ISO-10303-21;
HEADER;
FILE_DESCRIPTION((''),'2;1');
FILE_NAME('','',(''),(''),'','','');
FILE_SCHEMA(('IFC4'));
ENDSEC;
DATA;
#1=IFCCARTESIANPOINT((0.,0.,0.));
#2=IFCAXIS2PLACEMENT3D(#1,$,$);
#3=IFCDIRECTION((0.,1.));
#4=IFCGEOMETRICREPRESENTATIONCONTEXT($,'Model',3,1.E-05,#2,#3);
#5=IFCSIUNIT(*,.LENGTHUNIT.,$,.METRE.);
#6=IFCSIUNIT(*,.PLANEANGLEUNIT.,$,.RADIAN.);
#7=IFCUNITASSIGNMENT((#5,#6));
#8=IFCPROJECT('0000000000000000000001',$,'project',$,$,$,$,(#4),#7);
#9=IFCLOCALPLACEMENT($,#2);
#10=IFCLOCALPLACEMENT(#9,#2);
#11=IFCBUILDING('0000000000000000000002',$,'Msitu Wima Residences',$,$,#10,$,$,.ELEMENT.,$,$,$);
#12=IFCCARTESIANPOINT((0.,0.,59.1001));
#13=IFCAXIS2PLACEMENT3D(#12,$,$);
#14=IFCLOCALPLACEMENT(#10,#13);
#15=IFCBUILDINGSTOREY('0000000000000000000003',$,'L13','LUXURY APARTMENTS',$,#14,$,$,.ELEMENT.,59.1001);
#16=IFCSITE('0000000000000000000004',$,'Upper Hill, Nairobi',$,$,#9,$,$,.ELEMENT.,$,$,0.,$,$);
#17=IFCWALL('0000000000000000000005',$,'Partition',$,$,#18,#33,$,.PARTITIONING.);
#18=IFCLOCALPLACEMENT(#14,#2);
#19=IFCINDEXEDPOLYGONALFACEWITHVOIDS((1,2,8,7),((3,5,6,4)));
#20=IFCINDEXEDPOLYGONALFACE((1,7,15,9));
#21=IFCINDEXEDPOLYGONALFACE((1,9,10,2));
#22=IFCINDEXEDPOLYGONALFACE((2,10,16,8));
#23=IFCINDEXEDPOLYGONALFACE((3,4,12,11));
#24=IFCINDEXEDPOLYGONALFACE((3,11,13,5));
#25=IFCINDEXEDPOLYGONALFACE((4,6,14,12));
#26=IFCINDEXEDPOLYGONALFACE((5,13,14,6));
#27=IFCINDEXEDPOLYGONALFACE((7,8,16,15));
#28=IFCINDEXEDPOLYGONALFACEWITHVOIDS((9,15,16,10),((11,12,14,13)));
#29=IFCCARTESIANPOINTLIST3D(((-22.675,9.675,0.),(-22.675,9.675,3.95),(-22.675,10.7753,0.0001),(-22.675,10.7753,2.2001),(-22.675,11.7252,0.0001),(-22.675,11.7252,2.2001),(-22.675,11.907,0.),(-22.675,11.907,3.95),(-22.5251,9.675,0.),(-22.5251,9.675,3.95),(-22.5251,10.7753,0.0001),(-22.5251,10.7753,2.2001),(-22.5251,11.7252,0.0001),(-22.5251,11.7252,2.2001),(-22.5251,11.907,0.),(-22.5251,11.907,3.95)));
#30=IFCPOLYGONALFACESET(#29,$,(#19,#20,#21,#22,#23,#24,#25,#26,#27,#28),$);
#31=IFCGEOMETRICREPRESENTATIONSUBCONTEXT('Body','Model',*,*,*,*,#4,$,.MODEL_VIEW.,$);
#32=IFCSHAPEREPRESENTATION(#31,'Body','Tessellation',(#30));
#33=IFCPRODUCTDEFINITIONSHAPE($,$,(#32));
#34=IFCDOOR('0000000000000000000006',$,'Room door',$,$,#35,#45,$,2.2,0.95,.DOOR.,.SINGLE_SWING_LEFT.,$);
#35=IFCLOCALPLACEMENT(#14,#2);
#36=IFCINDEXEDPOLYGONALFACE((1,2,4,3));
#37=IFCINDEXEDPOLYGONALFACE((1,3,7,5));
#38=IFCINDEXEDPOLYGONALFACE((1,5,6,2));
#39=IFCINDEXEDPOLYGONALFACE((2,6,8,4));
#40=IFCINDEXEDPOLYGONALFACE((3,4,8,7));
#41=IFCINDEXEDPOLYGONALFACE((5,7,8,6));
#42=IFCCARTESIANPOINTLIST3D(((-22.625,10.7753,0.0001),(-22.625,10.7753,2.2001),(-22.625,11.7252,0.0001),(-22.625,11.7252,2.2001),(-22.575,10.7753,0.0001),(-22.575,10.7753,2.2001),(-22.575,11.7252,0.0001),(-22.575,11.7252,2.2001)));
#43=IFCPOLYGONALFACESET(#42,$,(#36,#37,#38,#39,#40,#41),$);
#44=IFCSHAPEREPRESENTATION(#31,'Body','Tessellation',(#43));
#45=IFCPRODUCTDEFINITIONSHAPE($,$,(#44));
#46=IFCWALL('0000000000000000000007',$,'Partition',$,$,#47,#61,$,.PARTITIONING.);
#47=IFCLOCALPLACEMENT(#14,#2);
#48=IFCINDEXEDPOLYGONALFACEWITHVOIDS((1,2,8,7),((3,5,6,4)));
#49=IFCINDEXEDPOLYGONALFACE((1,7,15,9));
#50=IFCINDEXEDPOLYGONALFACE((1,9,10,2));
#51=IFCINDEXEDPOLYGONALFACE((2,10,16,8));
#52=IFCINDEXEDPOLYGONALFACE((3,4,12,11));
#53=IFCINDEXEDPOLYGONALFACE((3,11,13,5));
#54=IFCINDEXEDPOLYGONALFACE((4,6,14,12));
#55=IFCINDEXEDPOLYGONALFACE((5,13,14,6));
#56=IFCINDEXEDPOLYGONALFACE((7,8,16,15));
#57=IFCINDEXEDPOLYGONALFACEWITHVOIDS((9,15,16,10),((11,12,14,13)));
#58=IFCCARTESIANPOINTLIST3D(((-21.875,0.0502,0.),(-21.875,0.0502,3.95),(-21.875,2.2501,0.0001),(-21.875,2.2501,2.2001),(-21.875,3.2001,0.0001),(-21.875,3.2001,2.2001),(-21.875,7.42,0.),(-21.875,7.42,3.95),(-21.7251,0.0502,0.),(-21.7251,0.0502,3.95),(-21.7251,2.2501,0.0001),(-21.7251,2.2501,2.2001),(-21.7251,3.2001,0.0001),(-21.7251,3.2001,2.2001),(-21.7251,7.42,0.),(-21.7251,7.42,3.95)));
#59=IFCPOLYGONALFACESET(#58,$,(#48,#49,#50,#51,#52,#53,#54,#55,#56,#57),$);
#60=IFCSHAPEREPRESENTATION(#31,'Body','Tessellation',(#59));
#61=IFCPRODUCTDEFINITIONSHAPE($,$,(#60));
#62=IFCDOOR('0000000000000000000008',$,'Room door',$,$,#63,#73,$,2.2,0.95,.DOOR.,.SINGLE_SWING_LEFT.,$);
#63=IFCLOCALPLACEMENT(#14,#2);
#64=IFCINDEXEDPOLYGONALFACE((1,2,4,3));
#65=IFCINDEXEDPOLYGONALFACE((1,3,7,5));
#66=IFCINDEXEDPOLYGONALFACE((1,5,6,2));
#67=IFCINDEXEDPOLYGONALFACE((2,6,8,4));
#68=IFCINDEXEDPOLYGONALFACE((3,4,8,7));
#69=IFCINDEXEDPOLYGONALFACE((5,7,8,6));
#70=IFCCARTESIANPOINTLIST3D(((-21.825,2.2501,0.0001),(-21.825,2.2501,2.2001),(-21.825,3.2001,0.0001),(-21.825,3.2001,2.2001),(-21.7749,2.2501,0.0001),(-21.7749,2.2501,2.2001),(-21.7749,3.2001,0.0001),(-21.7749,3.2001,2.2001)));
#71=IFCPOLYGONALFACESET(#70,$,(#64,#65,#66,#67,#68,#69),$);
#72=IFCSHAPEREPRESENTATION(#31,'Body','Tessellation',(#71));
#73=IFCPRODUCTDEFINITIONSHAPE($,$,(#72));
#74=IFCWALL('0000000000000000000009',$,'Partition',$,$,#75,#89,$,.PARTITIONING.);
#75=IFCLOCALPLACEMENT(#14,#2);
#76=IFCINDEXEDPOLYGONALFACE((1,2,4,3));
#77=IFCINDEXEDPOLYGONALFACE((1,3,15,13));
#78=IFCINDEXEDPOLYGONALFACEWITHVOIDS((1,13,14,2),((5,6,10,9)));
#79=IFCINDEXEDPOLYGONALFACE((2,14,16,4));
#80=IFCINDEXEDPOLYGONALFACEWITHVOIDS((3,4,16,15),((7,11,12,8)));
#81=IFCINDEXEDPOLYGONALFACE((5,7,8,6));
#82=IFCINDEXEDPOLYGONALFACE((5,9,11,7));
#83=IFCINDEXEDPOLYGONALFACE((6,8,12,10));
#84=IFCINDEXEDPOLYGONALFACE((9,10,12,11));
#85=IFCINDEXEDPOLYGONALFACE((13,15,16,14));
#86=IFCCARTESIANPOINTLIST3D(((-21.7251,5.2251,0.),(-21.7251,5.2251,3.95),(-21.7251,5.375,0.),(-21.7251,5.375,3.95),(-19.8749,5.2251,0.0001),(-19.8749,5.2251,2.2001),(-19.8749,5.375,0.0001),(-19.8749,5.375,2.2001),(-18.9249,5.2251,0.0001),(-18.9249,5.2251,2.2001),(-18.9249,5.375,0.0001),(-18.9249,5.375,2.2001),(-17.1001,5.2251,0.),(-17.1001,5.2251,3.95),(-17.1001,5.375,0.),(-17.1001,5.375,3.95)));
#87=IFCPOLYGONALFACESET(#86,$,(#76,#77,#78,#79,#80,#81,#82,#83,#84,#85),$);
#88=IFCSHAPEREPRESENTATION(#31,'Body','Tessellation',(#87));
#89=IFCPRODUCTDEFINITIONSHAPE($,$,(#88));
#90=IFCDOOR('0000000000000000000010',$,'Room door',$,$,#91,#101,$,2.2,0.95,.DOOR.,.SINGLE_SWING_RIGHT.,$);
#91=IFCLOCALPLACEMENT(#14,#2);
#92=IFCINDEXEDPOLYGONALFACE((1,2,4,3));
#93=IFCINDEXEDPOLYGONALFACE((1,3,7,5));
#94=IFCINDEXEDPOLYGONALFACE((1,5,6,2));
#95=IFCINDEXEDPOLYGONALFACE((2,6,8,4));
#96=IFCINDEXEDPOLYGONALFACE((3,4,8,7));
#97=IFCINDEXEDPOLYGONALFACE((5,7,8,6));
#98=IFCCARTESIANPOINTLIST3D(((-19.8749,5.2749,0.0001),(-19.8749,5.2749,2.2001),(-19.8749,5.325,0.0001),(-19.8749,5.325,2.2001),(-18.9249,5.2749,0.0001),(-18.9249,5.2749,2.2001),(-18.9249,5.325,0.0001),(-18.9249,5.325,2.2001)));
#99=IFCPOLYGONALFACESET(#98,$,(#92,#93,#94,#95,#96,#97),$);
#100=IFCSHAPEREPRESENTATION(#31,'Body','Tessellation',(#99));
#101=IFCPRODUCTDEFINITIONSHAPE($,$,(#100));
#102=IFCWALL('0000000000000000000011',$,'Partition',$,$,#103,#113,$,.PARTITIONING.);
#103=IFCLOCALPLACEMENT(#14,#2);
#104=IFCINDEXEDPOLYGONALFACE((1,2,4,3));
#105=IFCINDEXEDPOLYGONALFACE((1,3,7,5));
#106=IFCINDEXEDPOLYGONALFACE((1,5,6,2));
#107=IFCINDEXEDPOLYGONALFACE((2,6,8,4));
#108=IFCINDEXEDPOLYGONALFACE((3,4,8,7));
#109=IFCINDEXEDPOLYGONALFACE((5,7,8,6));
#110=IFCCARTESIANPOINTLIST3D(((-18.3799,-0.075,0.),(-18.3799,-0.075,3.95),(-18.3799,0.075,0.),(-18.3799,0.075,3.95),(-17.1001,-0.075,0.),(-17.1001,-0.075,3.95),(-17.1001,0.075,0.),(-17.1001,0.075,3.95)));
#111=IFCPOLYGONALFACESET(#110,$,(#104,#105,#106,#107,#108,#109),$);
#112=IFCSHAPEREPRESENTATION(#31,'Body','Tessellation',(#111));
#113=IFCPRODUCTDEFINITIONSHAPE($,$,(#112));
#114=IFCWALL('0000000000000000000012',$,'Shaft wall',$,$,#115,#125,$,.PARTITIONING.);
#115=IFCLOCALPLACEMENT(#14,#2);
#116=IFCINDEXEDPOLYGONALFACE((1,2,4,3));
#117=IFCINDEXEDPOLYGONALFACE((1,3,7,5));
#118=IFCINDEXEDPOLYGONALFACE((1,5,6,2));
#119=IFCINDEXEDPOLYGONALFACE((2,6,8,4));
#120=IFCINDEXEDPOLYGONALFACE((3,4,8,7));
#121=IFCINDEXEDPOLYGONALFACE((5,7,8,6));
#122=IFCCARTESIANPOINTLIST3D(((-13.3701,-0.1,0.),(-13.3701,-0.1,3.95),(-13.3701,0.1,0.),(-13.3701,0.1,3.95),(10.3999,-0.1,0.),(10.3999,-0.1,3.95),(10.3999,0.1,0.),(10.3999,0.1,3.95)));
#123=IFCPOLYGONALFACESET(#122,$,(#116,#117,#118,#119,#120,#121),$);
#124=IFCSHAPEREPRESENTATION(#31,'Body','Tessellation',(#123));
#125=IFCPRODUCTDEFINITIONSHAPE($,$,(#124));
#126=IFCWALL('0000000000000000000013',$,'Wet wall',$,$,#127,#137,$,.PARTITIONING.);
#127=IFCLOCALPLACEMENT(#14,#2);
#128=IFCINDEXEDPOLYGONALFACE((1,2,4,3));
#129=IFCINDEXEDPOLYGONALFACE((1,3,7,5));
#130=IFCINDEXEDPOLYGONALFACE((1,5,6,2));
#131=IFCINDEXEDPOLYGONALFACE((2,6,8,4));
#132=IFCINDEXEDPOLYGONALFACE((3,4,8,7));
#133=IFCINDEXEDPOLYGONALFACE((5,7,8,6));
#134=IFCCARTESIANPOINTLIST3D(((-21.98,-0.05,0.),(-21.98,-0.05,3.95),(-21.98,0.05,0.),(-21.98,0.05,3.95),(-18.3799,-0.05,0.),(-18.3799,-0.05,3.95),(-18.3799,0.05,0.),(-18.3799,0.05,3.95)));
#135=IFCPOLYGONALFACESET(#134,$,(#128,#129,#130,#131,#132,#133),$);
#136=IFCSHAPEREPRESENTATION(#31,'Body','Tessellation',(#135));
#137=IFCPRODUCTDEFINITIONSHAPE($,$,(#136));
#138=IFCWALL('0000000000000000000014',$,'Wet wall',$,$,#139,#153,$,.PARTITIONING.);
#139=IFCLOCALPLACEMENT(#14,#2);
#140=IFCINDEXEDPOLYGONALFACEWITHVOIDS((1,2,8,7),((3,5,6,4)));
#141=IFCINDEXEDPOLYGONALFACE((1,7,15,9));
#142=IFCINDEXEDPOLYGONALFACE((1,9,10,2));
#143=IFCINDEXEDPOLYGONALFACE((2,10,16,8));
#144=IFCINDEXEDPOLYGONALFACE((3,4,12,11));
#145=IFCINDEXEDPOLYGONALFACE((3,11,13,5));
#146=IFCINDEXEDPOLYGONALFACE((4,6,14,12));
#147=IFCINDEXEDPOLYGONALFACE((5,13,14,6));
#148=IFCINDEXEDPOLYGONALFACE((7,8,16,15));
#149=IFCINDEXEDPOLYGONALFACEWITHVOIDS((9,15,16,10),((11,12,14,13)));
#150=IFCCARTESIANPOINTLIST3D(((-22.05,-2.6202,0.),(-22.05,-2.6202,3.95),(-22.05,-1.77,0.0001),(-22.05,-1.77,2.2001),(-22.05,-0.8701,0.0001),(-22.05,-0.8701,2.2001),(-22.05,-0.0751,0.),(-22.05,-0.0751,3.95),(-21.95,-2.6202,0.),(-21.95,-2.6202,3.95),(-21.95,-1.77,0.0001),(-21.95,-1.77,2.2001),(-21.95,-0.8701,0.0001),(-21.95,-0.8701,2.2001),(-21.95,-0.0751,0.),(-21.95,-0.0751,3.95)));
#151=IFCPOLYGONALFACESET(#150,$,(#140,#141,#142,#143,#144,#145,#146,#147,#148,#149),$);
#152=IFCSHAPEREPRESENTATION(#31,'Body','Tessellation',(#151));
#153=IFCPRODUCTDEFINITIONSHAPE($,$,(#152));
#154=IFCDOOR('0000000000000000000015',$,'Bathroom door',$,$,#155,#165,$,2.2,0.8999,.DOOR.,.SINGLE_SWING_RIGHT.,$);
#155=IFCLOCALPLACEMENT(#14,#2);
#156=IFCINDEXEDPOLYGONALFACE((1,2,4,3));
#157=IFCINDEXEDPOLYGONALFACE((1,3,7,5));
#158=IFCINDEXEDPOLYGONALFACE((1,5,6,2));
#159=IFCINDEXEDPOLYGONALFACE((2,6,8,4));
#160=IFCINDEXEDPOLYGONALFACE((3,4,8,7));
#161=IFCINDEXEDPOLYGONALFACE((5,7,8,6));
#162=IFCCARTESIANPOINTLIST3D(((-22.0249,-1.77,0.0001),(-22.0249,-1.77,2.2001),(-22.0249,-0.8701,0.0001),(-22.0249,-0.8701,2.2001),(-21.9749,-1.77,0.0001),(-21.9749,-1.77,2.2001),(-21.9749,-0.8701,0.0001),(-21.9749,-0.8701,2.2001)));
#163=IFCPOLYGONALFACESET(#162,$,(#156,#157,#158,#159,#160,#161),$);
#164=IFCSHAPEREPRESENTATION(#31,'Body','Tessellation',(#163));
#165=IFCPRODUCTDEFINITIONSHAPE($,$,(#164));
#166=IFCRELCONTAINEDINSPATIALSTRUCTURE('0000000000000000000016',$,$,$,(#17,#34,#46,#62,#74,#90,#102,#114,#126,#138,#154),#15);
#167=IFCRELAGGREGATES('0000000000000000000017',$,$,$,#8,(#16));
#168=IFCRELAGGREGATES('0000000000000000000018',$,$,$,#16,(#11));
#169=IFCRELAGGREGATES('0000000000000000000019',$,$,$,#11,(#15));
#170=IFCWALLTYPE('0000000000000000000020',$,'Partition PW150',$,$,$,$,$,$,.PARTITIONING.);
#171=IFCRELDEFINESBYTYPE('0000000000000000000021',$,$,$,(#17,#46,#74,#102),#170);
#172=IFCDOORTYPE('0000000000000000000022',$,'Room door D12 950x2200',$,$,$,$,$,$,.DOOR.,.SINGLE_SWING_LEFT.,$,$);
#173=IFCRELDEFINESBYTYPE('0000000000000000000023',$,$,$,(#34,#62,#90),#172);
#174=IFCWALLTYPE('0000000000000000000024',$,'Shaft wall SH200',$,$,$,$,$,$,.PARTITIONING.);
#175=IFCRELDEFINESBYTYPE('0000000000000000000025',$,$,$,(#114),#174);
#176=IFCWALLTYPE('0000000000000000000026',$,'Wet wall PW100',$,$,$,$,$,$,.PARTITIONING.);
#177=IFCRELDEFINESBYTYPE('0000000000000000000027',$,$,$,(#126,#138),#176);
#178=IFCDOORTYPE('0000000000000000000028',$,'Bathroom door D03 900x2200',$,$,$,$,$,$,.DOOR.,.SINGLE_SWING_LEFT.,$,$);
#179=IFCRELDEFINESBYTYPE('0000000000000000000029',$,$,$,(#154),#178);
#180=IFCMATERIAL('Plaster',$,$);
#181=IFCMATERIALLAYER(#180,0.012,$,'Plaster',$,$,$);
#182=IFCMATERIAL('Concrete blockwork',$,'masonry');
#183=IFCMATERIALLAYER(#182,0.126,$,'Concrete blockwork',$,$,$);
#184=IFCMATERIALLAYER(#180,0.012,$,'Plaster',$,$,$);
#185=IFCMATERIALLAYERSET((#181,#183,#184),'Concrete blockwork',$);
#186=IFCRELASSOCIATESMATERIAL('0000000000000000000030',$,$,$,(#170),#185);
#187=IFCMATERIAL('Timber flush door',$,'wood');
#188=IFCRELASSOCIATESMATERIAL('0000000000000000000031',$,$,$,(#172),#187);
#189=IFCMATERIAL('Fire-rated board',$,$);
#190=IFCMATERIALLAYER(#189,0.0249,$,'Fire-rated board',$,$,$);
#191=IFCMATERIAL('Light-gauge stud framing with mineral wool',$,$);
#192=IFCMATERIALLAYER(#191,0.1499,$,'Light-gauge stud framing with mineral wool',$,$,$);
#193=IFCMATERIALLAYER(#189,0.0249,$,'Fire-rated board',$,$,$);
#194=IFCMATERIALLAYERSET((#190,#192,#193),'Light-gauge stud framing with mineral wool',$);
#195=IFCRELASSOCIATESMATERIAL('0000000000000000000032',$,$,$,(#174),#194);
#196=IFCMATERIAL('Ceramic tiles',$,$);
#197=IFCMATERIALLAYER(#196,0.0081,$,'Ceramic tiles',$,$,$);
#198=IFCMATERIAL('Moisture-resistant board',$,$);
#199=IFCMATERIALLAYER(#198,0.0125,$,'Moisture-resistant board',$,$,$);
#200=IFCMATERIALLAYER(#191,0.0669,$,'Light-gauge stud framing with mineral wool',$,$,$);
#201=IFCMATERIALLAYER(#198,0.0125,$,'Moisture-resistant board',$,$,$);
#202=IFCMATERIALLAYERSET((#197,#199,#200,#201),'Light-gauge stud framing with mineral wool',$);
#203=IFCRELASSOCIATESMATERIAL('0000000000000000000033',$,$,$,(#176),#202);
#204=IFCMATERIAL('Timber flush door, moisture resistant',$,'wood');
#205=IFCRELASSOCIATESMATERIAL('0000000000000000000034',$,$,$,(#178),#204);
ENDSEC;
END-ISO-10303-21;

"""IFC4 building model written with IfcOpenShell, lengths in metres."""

from ifc_helpers import new_model, si_unit, direction, frame, frame_2d, origin, place, context, subcontext, project, spatial, rectangle, extrude, material, layer, layer_set, type_object, element, fill, save


model = new_model("IFC4")

# Units and contexts
model_context = context("Model", 3, precision=1e-05, world=origin(), true_north=direction((0.0, 1.0)))
body_context = subcontext(model_context, "Body", "Model", "MODEL_VIEW")
ifc_project = project(units=[si_unit("LENGTHUNIT", "METRE"), si_unit("PLANEANGLEUNIT", "RADIAN")], contexts=[model_context])

# Site, building, storey
site_placement = place(None, origin())
site = spatial("IfcSite", under=ifc_project, at=site_placement, Name="Upper Hill, Nairobi", CompositionType="ELEMENT", RefElevation=0.0)
building_placement = place(site_placement, origin())
building = spatial("IfcBuilding", under=site, at=building_placement, Name="Msitu Wima Residences", CompositionType="ELEMENT")
storey_placement = place(building_placement, frame((0.0, 0.0, 59.1001)))
storey = spatial("IfcBuildingStorey", under=building, at=storey_placement, Name="L13", Description="LUXURY APARTMENTS", CompositionType="ELEMENT", Elevation=59.1001)

# Shared definitions
ifc_material_1 = material(Name="Plaster")
ifc_layer_1 = layer(ifc_material_1, 0.012, Name="Plaster")
ifc_material_2 = material(Name="Concrete blockwork", Category="masonry")
ifc_layer_2 = layer(ifc_material_2, 0.126, Name="Concrete blockwork")
ifc_layer_3 = layer(ifc_material_1, 0.012, Name="Plaster")
ifc_layer_set_1 = layer_set([ifc_layer_1, ifc_layer_2, ifc_layer_3], Name="Concrete blockwork")
wall_type_1 = type_object("IfcWallType", Name="Partition PW150", PredefinedType="PARTITIONING", material=ifc_layer_set_1)
ifc_material_3 = material(Name="Timber flush door", Category="wood")
door_type_1 = type_object("IfcDoorType", Name="Room door D12 950x2200", OperationType="SINGLE_SWING_LEFT", PredefinedType="DOOR", material=ifc_material_3)

# Walls, openings, doors
wall_1_placement = place(storey_placement, frame((-22.6001, 9.675, 0.0), z_axis=(0.0, 0.0, 1.0), x_axis=(0.0, 1.0, 0.0)))
wall_1 = element("IfcWall", 1, at=wall_1_placement, inside=storey, type_object=wall_type_1, Name="Partition", PredefinedType="PARTITIONING", context=body_context, shape_type="SweptSolid", body=[
    extrude(rectangle(XDim=2.2319, YDim=0.1499, at=frame_2d((1.116, 0.0))), origin(), (0.0, 0.0, 1.0), 3.95),
])
opening_1_placement = place(wall_1_placement, frame((1.1001, 0.0, 0.0)))
opening_1 = element("IfcOpeningElement", 2, at=opening_1_placement, cuts=wall_1, PredefinedType="OPENING", context=body_context, shape_type="SweptSolid", body=[
    extrude(rectangle(XDim=0.95, YDim=2.2, at=frame_2d((0.4751, 1.1001))), frame((0.0, 0.085, 0.0), z_axis=(0.0, -1.0, 0.0), x_axis=(1.0, 0.0, 0.0)), (0.0, 0.0, 1.0), 0.1699),
])
door_1_placement = place(opening_1_placement, origin())
door_1 = element("IfcDoor", 3, at=door_1_placement, inside=storey, type_object=door_type_1, Name="Room door", OperationType="SINGLE_SWING_LEFT", OverallHeight=2.2, OverallWidth=0.95, PredefinedType="DOOR", context=body_context, shape_type="SweptSolid", body=[
    extrude(rectangle(XDim=0.95, YDim=2.2, at=frame_2d((0.4751, 1.1001))), frame((0.0, 0.0249, 0.0), z_axis=(0.0, -1.0, 0.0), x_axis=(1.0, 0.0, 0.0)), (0.0, 0.0, 1.0), 0.05),
])
fill(opening_1, door_1)
wall_2_placement = place(storey_placement, frame((-21.8, 0.05, 0.0), z_axis=(0.0, 0.0, 1.0), x_axis=(0.0, 1.0, 0.0)))
wall_2 = element("IfcWall", 4, at=wall_2_placement, inside=storey, type_object=wall_type_1, Name="Partition", PredefinedType="PARTITIONING", context=body_context, shape_type="SweptSolid", body=[
    extrude(rectangle(XDim=7.3699, YDim=0.1499, at=frame_2d((3.6851, 0.0))), origin(), (0.0, 0.0, 1.0), 3.95),
])
opening_2_placement = place(wall_2_placement, frame((2.2, 0.0, 0.0)))
opening_2 = element("IfcOpeningElement", 5, at=opening_2_placement, cuts=wall_2, PredefinedType="OPENING", context=body_context, shape_type="SweptSolid", body=[
    extrude(rectangle(XDim=0.95, YDim=2.2, at=frame_2d((0.4751, 1.1001))), frame((0.0, 0.085, 0.0), z_axis=(0.0, -1.0, 0.0), x_axis=(1.0, 0.0, 0.0)), (0.0, 0.0, 1.0), 0.1699),
])
door_2_placement = place(opening_2_placement, origin())
door_2 = element("IfcDoor", 6, at=door_2_placement, inside=storey, type_object=door_type_1, Name="Room door", OperationType="SINGLE_SWING_LEFT", OverallHeight=2.2, OverallWidth=0.95, PredefinedType="DOOR", context=body_context, shape_type="SweptSolid", body=[
    extrude(rectangle(XDim=0.95, YDim=2.2, at=frame_2d((0.4751, 1.1001))), frame((0.0, 0.0249, 0.0), z_axis=(0.0, -1.0, 0.0), x_axis=(1.0, 0.0, 0.0)), (0.0, 0.0, 1.0), 0.05),
])
fill(opening_2, door_2)
wall_3_placement = place(storey_placement, frame((-21.7251, 5.3, 0.0), z_axis=(0.0, 0.0, 1.0), x_axis=(1.0, 0.0, 0.0)))
wall_3 = element("IfcWall", 7, at=wall_3_placement, inside=storey, type_object=wall_type_1, Name="Partition", PredefinedType="PARTITIONING", context=body_context, shape_type="SweptSolid", body=[
    extrude(rectangle(XDim=4.625, YDim=0.1499, at=frame_2d((2.3125, 0.0))), origin(), (0.0, 0.0, 1.0), 3.95),
])
opening_3_placement = place(wall_3_placement, frame((1.8501, 0.0, 0.0)))
opening_3 = element("IfcOpeningElement", 8, at=opening_3_placement, cuts=wall_3, PredefinedType="OPENING", context=body_context, shape_type="SweptSolid", body=[
    extrude(rectangle(XDim=0.95, YDim=2.2, at=frame_2d((0.4751, 1.1001))), frame((0.0, 0.085, 0.0), z_axis=(0.0, -1.0, 0.0), x_axis=(1.0, 0.0, 0.0)), (0.0, 0.0, 1.0), 0.1699),
])
door_3_placement = place(opening_3_placement, origin())
door_3 = element("IfcDoor", 9, at=door_3_placement, inside=storey, type_object=door_type_1, Name="Room door", OperationType="SINGLE_SWING_RIGHT", OverallHeight=2.2, OverallWidth=0.95, PredefinedType="DOOR", context=body_context, shape_type="SweptSolid", body=[
    extrude(rectangle(XDim=0.95, YDim=2.2, at=frame_2d((0.4751, 1.1001))), frame((0.0, 0.0249, 0.0), z_axis=(0.0, -1.0, 0.0), x_axis=(1.0, 0.0, 0.0)), (0.0, 0.0, 1.0), 0.05),
])
fill(opening_3, door_3)

# Walls
wall_4_placement = place(storey_placement, frame((-18.3799, 0.0, 0.0), z_axis=(0.0, 0.0, 1.0), x_axis=(1.0, 0.0, 0.0)))
element("IfcWall", 10, at=wall_4_placement, inside=storey, type_object=wall_type_1, Name="Partition", PredefinedType="PARTITIONING", context=body_context, shape_type="SweptSolid", body=[
    extrude(rectangle(XDim=1.2798, YDim=0.1499, at=frame_2d((0.6399, 0.0))), origin(), (0.0, 0.0, 1.0), 3.95),
])
ifc_material_4 = material(Name="Fire-rated board")
ifc_layer_4 = layer(ifc_material_4, 0.0249, Name="Fire-rated board")
ifc_material_5 = material(Name="Light-gauge stud framing with mineral wool")
ifc_layer_5 = layer(ifc_material_5, 0.1499, Name="Light-gauge stud framing with mineral wool")
ifc_layer_6 = layer(ifc_material_4, 0.0249, Name="Fire-rated board")
ifc_layer_set_2 = layer_set([ifc_layer_4, ifc_layer_5, ifc_layer_6], Name="Light-gauge stud framing with mineral wool")
wall_type_2 = type_object("IfcWallType", Name="Shaft wall SH200", PredefinedType="PARTITIONING", material=ifc_layer_set_2)
wall_5_placement = place(storey_placement, frame((-13.3701, 0.0, 0.0), z_axis=(0.0, 0.0, 1.0), x_axis=(1.0, 0.0, 0.0)))
element("IfcWall", 11, at=wall_5_placement, inside=storey, type_object=wall_type_2, Name="Shaft wall", PredefinedType="PARTITIONING", context=body_context, shape_type="SweptSolid", body=[
    extrude(rectangle(XDim=23.77, YDim=0.2, at=frame_2d((11.885, 0.0))), origin(), (0.0, 0.0, 1.0), 3.95),
])
ifc_material_6 = material(Name="Ceramic tiles")
ifc_layer_7 = layer(ifc_material_6, 0.0081, Name="Ceramic tiles")
ifc_material_7 = material(Name="Moisture-resistant board")
ifc_layer_8 = layer(ifc_material_7, 0.0125, Name="Moisture-resistant board")
ifc_layer_9 = layer(ifc_material_5, 0.0669, Name="Light-gauge stud framing with mineral wool")
ifc_layer_10 = layer(ifc_material_7, 0.0125, Name="Moisture-resistant board")
ifc_layer_set_3 = layer_set([ifc_layer_7, ifc_layer_8, ifc_layer_9, ifc_layer_10], Name="Light-gauge stud framing with mineral wool")
wall_type_3 = type_object("IfcWallType", Name="Wet wall PW100", PredefinedType="PARTITIONING", material=ifc_layer_set_3)
wall_6_placement = place(storey_placement, frame((-21.98, 0.0, 0.0), z_axis=(0.0, 0.0, 1.0), x_axis=(1.0, 0.0, 0.0)))
element("IfcWall", 12, at=wall_6_placement, inside=storey, type_object=wall_type_3, Name="Wet wall", PredefinedType="PARTITIONING", context=body_context, shape_type="SweptSolid", body=[
    extrude(rectangle(XDim=3.6001, YDim=0.1001, at=frame_2d((1.8, 0.0))), origin(), (0.0, 0.0, 1.0), 3.95),
])

# Wall, opening, door
wall_7_placement = place(storey_placement, frame((-22.0, -2.6201, 0.0), z_axis=(0.0, 0.0, 1.0), x_axis=(0.0, 1.0, 0.0)))
wall_7 = element("IfcWall", 13, at=wall_7_placement, inside=storey, type_object=wall_type_3, Name="Wet wall", PredefinedType="PARTITIONING", context=body_context, shape_type="SweptSolid", body=[
    extrude(rectangle(XDim=2.5452, YDim=0.1001, at=frame_2d((1.2725, 0.0))), origin(), (0.0, 0.0, 1.0), 3.95),
])
opening_4_placement = place(wall_7_placement, frame((0.8501, 0.0, 0.0)))
opening_4 = element("IfcOpeningElement", 14, at=opening_4_placement, cuts=wall_7, PredefinedType="OPENING", context=body_context, shape_type="SweptSolid", body=[
    extrude(rectangle(XDim=0.8999, YDim=2.2, at=frame_2d((0.45, 1.1001))), frame((0.0, 0.0601, 0.0), z_axis=(0.0, -1.0, 0.0), x_axis=(1.0, 0.0, 0.0)), (0.0, 0.0, 1.0), 0.1201),
])
ifc_material_8 = material(Name="Timber flush door, moisture resistant", Category="wood")
door_type_2 = type_object("IfcDoorType", Name="Bathroom door D03 900x2200", OperationType="SINGLE_SWING_LEFT", PredefinedType="DOOR", material=ifc_material_8)
door_4_placement = place(opening_4_placement, origin())
door_4 = element("IfcDoor", 15, at=door_4_placement, inside=storey, type_object=door_type_2, Name="Bathroom door", OperationType="SINGLE_SWING_RIGHT", OverallHeight=2.2, OverallWidth=0.8999, PredefinedType="DOOR", context=body_context, shape_type="SweptSolid", body=[
    extrude(rectangle(XDim=0.8999, YDim=2.2, at=frame_2d((0.45, 1.1001))), frame((0.0, 0.0249, 0.0), z_axis=(0.0, -1.0, 0.0), x_axis=(1.0, 0.0, 0.0)), (0.0, 0.0, 1.0), 0.05),
])
fill(opening_4, door_4)

save(model, "model.ifc")
